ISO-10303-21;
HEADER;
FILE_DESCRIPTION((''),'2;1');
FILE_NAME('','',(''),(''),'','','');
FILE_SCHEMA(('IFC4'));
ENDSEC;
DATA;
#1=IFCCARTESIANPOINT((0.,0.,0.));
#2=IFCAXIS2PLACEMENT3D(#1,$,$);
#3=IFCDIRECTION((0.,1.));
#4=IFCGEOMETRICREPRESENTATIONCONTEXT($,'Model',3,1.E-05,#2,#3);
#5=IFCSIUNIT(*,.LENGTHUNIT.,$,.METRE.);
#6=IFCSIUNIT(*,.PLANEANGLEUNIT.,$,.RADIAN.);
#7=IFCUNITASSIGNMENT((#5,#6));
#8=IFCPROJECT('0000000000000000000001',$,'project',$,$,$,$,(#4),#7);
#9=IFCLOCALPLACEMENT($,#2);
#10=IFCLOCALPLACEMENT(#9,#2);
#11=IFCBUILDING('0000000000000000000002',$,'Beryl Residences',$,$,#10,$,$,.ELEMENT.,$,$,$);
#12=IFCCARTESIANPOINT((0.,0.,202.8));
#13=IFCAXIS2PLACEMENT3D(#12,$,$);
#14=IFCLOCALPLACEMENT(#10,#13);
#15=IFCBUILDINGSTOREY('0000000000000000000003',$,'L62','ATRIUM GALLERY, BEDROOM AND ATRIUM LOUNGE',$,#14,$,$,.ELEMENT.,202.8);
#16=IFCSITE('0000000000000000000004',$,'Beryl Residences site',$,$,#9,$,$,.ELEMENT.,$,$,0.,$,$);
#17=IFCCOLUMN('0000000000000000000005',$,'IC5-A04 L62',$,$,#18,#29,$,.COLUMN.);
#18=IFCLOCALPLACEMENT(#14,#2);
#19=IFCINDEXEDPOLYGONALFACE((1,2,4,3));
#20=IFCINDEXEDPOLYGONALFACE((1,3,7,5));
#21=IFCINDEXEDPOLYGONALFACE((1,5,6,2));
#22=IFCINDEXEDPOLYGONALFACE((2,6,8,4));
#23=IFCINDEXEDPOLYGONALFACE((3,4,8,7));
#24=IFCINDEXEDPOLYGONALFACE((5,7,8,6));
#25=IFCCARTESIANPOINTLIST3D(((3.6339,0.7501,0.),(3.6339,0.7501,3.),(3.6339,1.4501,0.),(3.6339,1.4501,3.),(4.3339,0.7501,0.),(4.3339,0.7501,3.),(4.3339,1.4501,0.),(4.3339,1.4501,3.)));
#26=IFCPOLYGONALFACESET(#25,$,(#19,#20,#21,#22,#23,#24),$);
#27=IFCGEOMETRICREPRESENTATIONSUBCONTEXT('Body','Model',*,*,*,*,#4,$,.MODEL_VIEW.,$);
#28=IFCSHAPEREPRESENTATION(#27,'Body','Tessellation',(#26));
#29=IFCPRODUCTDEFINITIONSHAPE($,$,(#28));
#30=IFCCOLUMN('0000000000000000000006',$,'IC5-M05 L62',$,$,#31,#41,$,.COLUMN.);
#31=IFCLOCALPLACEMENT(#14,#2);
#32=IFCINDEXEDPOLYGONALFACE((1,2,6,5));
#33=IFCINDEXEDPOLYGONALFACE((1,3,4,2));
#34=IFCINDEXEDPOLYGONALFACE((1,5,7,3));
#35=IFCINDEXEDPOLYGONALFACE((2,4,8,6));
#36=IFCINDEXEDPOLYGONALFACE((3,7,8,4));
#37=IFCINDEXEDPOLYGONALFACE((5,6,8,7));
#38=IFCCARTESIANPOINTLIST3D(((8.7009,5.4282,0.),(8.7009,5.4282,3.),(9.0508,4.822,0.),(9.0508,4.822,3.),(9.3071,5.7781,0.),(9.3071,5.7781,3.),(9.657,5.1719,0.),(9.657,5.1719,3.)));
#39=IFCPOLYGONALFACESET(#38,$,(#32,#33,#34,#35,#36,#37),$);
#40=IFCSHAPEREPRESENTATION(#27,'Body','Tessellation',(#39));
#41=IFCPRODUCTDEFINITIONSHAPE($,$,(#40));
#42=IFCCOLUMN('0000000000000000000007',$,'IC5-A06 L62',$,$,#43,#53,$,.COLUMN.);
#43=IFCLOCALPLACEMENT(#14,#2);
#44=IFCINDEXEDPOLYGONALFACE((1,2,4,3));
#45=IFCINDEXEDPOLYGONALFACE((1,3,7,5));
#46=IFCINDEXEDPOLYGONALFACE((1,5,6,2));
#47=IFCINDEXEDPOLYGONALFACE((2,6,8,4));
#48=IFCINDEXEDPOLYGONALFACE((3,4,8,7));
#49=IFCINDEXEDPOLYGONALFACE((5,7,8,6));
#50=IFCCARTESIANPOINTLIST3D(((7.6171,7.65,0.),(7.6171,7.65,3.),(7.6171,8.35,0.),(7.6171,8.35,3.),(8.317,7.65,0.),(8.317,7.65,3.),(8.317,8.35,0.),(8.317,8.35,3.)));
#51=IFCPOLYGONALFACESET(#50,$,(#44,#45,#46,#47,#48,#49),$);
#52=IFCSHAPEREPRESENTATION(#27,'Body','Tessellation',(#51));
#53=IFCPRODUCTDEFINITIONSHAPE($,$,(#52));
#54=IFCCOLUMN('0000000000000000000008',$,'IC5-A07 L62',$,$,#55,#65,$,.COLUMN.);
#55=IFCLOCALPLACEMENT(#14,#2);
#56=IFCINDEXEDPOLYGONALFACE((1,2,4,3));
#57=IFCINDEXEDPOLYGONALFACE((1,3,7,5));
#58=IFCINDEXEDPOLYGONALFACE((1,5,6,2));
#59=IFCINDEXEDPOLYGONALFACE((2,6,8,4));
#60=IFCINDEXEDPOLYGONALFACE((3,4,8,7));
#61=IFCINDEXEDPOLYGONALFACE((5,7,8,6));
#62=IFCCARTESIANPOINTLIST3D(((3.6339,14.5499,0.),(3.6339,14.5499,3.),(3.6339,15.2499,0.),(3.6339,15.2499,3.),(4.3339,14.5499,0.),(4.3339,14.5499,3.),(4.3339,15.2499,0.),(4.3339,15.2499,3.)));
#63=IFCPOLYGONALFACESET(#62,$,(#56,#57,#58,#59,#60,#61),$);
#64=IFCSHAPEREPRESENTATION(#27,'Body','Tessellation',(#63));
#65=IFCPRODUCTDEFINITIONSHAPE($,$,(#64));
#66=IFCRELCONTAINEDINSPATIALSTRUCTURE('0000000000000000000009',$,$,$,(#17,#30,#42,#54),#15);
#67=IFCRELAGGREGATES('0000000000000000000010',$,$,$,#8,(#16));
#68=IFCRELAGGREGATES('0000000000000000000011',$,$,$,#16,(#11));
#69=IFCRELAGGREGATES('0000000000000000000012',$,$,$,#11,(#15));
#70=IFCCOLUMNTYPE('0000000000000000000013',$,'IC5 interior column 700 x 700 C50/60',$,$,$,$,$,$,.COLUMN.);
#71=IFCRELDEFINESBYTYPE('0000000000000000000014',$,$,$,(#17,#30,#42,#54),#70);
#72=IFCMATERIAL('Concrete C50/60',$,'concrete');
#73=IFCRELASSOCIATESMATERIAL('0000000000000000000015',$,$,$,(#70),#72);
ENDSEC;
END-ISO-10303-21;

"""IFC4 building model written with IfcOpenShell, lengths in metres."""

from ifc_helpers import new_model, si_unit, direction, frame, origin, origin_2d, place, context, subcontext, project, spatial, rectangle, extrude, material, material_profile, profile_set, type_object, element, save


model = new_model("IFC4")

# Units and contexts
model_context = context("Model", 3, precision=1e-05, world=origin(), true_north=direction((0.0, 1.0)))
body_context = subcontext(model_context, "Body", "Model", "MODEL_VIEW")
ifc_project = project(units=[si_unit("LENGTHUNIT", "METRE"), si_unit("PLANEANGLEUNIT", "RADIAN")], contexts=[model_context])

# Site, building, storey
site_placement = place(None, origin())
site = spatial("IfcSite", under=ifc_project, at=site_placement, Name="Beryl Residences site", CompositionType="ELEMENT", RefElevation=0.0)
building_placement = place(site_placement, origin())
building = spatial("IfcBuilding", under=site, at=building_placement, Name="Beryl Residences", CompositionType="ELEMENT")
storey_placement = place(building_placement, frame((0.0, 0.0, 202.8)))
storey = spatial("IfcBuildingStorey", under=building, at=storey_placement, Name="L62", Description="ATRIUM GALLERY, BEDROOM AND ATRIUM LOUNGE", CompositionType="ELEMENT", Elevation=202.8)

# Columns
ifc_material_1 = material(Name="Concrete C50/60", Category="concrete")
ifc_material_profile = material_profile(ifc_material_1, rectangle(XDim=0.7, YDim=0.7, at=origin_2d()))
ifc_profile_set = profile_set([ifc_material_profile], Name="Concrete C50/60")
column_type = type_object("IfcColumnType", Name="IC5 interior column 700 x 700 C50/60", PredefinedType="COLUMN", material=ifc_profile_set)
for number, where, z_axis, x_axis, name in (
    (1, (3.9839, 1.1001, 0.0), (0.0, 0.0, 1.0), (1.0, 0.0, 0.0), "IC5-A04 L62"),
    (2, (9.179, 5.3, 0.0), (0.0, 0.0, 1.0), (-0.49997, 0.866043, 0.0), "IC5-M05 L62"),
    (3, (7.967, 8.0, 0.0), (0.0, 0.0, 1.0), (1.0, 0.0, 0.0), "IC5-A06 L62"),
    (4, (3.9839, 14.8999, 0.0), (0.0, 0.0, 1.0), (1.0, 0.0, 0.0), "IC5-A07 L62"),
):
    element("IfcColumn", number, at=place(storey_placement, frame(where, z_axis=z_axis, x_axis=x_axis)), inside=storey, type_object=column_type, Name=name, PredefinedType="COLUMN", context=body_context, shape_type="SweptSolid", body=[
        extrude(rectangle(XDim=0.7, YDim=0.7, at=origin_2d()), origin(), (0.0, 0.0, 1.0), 3.0),
    ])

save(model, "model.ifc")
